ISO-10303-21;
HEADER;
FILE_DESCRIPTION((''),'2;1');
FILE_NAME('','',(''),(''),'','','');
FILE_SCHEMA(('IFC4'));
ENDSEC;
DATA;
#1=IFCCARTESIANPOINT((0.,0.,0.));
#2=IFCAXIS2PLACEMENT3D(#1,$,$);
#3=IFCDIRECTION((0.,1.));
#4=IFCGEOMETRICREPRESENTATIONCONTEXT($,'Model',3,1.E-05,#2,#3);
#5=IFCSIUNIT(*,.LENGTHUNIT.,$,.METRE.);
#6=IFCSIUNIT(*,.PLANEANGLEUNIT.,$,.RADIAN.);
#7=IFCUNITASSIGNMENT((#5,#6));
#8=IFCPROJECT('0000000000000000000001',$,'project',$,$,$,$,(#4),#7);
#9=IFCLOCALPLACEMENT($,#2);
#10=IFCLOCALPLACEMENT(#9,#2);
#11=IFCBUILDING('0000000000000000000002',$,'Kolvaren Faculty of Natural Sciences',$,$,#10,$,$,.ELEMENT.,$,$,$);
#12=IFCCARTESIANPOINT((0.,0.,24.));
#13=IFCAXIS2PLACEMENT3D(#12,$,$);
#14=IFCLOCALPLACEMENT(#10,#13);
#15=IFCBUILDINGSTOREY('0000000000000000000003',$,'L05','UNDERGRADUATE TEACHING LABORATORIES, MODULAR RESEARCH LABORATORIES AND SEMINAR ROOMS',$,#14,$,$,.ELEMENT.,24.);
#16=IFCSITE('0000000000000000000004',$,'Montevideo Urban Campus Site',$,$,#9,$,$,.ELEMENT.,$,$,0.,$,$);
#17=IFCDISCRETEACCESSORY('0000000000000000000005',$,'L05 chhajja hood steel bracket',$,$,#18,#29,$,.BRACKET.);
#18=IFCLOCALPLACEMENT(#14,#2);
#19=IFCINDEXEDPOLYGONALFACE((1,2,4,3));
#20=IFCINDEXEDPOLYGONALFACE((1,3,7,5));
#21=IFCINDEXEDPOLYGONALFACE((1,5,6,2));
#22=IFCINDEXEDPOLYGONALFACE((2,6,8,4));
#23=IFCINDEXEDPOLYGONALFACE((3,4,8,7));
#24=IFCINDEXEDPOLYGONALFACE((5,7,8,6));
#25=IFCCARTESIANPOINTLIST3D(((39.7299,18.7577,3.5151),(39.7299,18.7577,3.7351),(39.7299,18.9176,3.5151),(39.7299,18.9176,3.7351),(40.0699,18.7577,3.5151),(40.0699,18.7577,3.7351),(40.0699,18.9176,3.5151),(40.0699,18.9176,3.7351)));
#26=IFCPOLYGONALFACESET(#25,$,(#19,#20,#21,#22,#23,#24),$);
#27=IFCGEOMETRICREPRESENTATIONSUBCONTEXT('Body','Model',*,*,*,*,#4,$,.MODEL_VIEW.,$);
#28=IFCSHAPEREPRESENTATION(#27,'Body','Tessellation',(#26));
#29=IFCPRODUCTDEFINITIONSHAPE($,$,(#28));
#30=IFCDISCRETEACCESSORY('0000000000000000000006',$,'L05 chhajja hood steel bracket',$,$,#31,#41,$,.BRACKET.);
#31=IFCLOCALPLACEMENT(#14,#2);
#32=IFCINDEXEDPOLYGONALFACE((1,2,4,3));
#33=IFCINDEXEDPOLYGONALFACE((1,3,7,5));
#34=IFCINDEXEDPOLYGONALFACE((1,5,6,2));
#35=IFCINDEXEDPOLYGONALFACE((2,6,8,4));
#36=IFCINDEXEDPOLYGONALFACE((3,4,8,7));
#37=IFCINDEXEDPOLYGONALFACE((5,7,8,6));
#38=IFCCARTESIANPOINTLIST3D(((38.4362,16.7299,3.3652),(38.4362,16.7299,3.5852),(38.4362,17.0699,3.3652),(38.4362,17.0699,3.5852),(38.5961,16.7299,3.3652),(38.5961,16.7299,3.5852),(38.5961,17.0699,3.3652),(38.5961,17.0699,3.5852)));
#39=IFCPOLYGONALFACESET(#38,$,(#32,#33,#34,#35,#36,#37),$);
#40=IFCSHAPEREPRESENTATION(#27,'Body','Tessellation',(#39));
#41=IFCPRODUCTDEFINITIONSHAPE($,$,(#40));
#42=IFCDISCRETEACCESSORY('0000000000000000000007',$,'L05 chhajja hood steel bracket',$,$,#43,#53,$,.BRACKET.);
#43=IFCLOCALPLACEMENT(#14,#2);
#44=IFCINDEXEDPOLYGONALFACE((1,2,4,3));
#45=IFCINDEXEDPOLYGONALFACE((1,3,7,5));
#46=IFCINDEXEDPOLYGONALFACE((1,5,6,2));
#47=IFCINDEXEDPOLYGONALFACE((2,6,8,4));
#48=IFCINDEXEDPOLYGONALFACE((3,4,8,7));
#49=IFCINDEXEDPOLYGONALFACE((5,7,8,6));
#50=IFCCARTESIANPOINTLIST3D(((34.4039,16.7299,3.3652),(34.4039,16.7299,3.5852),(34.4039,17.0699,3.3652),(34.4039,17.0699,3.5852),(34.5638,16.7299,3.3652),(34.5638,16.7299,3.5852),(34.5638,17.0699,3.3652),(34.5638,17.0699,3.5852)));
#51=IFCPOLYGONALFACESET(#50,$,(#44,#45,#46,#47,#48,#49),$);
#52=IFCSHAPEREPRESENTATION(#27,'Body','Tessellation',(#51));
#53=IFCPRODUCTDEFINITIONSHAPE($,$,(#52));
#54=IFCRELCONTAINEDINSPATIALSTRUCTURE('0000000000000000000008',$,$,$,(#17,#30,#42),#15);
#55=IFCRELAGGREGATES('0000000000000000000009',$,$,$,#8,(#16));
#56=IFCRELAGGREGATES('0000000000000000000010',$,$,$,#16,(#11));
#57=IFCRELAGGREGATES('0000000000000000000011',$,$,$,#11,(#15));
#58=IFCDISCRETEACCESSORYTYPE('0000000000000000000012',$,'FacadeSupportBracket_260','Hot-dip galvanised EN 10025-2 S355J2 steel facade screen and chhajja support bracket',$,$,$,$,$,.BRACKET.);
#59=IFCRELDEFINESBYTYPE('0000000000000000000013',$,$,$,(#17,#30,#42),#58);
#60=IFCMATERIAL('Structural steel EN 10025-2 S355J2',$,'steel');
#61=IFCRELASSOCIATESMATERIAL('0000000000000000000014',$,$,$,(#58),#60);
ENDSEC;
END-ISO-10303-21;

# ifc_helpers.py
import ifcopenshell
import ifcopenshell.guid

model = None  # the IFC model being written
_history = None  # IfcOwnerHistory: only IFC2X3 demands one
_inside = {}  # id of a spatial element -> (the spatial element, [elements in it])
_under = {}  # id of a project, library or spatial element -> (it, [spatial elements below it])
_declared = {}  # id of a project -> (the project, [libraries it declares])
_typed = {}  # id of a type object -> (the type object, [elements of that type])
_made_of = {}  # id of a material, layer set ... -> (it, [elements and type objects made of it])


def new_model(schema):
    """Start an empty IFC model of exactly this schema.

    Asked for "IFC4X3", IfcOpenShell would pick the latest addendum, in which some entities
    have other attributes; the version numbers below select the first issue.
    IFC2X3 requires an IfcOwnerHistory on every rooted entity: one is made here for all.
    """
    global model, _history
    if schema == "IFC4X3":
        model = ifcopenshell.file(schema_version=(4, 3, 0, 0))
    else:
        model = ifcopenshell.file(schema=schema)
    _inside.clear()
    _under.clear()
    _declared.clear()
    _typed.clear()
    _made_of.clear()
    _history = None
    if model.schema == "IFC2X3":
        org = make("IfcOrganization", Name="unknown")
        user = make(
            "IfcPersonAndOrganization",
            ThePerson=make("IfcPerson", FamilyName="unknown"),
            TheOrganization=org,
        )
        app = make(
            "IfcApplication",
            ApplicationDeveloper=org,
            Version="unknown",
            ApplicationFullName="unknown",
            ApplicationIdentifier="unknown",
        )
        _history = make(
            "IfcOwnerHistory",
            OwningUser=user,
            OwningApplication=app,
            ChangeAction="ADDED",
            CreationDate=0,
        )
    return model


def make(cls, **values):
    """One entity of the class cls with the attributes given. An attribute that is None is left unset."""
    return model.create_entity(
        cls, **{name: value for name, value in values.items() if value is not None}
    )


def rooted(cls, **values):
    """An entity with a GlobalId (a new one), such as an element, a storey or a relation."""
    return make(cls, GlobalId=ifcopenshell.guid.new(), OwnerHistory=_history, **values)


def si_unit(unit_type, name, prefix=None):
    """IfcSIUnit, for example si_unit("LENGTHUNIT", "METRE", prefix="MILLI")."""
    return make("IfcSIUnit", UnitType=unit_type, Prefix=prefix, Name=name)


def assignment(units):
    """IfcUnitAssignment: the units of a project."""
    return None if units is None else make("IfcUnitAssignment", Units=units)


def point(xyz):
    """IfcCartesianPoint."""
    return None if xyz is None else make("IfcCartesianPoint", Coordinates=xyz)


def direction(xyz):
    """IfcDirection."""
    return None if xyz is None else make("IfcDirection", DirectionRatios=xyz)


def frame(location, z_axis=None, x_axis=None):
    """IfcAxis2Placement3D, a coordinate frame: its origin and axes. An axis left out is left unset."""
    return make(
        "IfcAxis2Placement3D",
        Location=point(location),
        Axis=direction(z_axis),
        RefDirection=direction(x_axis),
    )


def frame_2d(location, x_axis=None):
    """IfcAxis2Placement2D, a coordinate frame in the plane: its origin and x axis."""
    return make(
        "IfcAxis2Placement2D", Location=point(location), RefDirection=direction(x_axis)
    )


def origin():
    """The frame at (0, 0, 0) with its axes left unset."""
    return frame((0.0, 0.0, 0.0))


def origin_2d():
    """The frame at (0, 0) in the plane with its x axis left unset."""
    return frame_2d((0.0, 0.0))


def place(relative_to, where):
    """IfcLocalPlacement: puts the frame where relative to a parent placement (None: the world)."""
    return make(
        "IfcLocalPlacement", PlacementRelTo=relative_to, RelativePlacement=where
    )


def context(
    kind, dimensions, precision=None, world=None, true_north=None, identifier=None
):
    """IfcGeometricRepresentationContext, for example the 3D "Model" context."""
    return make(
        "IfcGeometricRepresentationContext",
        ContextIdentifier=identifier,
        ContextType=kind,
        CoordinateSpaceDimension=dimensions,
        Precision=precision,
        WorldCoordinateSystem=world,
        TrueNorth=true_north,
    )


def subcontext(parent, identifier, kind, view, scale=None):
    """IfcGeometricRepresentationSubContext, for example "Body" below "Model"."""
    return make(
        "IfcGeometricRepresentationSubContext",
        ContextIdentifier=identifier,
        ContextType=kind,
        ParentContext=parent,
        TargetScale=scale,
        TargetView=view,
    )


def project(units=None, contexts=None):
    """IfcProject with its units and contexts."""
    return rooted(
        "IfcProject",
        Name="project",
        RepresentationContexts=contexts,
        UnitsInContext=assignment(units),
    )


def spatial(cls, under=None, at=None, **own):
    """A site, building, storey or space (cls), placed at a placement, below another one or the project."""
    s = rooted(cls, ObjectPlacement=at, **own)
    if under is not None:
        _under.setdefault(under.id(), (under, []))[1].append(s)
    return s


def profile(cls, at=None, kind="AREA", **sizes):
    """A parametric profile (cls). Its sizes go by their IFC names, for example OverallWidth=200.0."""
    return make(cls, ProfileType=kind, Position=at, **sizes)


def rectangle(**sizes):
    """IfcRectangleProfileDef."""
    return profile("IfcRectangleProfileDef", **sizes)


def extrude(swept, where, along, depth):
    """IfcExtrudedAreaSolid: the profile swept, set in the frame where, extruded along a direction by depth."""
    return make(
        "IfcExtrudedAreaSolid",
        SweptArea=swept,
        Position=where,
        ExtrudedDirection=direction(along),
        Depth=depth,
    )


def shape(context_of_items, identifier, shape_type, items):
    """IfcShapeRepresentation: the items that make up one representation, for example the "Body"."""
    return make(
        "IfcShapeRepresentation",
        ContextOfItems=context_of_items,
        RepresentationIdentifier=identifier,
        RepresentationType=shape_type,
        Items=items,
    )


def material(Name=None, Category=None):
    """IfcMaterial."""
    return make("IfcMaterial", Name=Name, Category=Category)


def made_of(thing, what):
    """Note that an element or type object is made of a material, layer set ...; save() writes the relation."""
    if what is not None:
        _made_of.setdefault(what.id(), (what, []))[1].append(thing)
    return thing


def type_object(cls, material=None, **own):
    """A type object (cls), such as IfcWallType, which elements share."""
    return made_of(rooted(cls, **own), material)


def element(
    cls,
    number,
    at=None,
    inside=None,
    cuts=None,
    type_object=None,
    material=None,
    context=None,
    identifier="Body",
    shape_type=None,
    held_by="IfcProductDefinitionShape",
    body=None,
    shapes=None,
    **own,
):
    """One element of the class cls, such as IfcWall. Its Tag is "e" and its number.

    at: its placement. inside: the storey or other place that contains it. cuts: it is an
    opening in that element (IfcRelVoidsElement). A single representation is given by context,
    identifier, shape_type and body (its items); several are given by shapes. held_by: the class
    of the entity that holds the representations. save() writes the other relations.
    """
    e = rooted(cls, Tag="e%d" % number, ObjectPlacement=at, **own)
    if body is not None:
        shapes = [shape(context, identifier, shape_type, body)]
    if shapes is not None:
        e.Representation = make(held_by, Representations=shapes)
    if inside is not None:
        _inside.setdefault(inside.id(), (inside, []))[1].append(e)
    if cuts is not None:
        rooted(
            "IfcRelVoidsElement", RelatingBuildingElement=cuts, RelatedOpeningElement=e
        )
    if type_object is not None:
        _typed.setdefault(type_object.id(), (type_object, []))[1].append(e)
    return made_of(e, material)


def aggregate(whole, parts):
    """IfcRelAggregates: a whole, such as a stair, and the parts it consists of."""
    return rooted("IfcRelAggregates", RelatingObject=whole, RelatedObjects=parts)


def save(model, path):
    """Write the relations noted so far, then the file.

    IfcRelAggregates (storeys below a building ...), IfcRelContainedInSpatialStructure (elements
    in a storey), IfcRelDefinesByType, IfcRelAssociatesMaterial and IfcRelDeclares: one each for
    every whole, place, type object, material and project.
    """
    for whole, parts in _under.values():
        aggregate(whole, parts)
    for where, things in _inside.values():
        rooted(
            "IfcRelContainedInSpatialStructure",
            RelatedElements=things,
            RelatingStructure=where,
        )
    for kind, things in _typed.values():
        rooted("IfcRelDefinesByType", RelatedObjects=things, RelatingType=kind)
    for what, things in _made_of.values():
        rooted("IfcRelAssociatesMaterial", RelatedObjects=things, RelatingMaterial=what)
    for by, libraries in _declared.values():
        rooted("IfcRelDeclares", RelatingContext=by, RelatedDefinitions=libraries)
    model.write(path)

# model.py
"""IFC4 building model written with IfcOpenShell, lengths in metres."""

from ifc_helpers import new_model, si_unit, direction, frame, origin, origin_2d, place, context, subcontext, project, spatial, rectangle, extrude, material, type_object, element, save


model = new_model("IFC4")

# Units and contexts
model_context = context("Model", 3, precision=1e-05, world=origin(), true_north=direction((0.0, 1.0)))
body_context = subcontext(model_context, "Body", "Model", "MODEL_VIEW")
ifc_project = project(units=[si_unit("LENGTHUNIT", "METRE"), si_unit("PLANEANGLEUNIT", "RADIAN")], contexts=[model_context])

# Site, building, storey
site_placement = place(None, origin())
site = spatial("IfcSite", under=ifc_project, at=site_placement, Name="Montevideo Urban Campus Site", CompositionType="ELEMENT", RefElevation=0.0)
building_placement = place(site_placement, origin())
building = spatial("IfcBuilding", under=site, at=building_placement, Name="Kolvaren Faculty of Natural Sciences", CompositionType="ELEMENT")
storey_placement = place(building_placement, frame((0.0, 0.0, 24.0)))
storey = spatial("IfcBuildingStorey", under=building, at=storey_placement, Name="L05", Description="UNDERGRADUATE TEACHING LABORATORIES, MODULAR RESEARCH LABORATORIES AND SEMINAR ROOMS", CompositionType="ELEMENT", Elevation=24.0)

# Discrete accessories
ifc_material_1 = material(Name="Structural steel EN 10025-2 S355J2", Category="steel")
discrete_accessory_type = type_object("IfcDiscreteAccessoryType", Name="FacadeSupportBracket_260", Description="Hot-dip galvanised EN 10025-2 S355J2 steel facade screen and chhajja support bracket", PredefinedType="BRACKET", material=ifc_material_1)
for number, where, z_axis, x_axis, name in (
    (1, (39.8999, 18.8376, 3.5151), (0.0, 0.0, 1.0), (0.0, -1.0, 0.0), "L05 chhajja hood steel bracket"),
    (2, (38.5161, 16.8999, 3.3652), (0.0, 0.0, 1.0), (-1.0, 0.0, 0.0), "L05 chhajja hood steel bracket"),
    (3, (34.4839, 16.8999, 3.3652), (0.0, 0.0, 1.0), (-1.0, 0.0, 0.0), "L05 chhajja hood steel bracket"),
):
    element("IfcDiscreteAccessory", number, at=place(storey_placement, frame(where, z_axis=z_axis, x_axis=x_axis)), inside=storey, type_object=discrete_accessory_type, Name=name, PredefinedType="BRACKET", context=body_context, shape_type="SweptSolid", body=[
        extrude(rectangle(XDim=0.1599, YDim=0.3401, at=origin_2d()), origin(), (0.0, 0.0, 1.0), 0.22),
    ])

save(model, "model.ifc")
